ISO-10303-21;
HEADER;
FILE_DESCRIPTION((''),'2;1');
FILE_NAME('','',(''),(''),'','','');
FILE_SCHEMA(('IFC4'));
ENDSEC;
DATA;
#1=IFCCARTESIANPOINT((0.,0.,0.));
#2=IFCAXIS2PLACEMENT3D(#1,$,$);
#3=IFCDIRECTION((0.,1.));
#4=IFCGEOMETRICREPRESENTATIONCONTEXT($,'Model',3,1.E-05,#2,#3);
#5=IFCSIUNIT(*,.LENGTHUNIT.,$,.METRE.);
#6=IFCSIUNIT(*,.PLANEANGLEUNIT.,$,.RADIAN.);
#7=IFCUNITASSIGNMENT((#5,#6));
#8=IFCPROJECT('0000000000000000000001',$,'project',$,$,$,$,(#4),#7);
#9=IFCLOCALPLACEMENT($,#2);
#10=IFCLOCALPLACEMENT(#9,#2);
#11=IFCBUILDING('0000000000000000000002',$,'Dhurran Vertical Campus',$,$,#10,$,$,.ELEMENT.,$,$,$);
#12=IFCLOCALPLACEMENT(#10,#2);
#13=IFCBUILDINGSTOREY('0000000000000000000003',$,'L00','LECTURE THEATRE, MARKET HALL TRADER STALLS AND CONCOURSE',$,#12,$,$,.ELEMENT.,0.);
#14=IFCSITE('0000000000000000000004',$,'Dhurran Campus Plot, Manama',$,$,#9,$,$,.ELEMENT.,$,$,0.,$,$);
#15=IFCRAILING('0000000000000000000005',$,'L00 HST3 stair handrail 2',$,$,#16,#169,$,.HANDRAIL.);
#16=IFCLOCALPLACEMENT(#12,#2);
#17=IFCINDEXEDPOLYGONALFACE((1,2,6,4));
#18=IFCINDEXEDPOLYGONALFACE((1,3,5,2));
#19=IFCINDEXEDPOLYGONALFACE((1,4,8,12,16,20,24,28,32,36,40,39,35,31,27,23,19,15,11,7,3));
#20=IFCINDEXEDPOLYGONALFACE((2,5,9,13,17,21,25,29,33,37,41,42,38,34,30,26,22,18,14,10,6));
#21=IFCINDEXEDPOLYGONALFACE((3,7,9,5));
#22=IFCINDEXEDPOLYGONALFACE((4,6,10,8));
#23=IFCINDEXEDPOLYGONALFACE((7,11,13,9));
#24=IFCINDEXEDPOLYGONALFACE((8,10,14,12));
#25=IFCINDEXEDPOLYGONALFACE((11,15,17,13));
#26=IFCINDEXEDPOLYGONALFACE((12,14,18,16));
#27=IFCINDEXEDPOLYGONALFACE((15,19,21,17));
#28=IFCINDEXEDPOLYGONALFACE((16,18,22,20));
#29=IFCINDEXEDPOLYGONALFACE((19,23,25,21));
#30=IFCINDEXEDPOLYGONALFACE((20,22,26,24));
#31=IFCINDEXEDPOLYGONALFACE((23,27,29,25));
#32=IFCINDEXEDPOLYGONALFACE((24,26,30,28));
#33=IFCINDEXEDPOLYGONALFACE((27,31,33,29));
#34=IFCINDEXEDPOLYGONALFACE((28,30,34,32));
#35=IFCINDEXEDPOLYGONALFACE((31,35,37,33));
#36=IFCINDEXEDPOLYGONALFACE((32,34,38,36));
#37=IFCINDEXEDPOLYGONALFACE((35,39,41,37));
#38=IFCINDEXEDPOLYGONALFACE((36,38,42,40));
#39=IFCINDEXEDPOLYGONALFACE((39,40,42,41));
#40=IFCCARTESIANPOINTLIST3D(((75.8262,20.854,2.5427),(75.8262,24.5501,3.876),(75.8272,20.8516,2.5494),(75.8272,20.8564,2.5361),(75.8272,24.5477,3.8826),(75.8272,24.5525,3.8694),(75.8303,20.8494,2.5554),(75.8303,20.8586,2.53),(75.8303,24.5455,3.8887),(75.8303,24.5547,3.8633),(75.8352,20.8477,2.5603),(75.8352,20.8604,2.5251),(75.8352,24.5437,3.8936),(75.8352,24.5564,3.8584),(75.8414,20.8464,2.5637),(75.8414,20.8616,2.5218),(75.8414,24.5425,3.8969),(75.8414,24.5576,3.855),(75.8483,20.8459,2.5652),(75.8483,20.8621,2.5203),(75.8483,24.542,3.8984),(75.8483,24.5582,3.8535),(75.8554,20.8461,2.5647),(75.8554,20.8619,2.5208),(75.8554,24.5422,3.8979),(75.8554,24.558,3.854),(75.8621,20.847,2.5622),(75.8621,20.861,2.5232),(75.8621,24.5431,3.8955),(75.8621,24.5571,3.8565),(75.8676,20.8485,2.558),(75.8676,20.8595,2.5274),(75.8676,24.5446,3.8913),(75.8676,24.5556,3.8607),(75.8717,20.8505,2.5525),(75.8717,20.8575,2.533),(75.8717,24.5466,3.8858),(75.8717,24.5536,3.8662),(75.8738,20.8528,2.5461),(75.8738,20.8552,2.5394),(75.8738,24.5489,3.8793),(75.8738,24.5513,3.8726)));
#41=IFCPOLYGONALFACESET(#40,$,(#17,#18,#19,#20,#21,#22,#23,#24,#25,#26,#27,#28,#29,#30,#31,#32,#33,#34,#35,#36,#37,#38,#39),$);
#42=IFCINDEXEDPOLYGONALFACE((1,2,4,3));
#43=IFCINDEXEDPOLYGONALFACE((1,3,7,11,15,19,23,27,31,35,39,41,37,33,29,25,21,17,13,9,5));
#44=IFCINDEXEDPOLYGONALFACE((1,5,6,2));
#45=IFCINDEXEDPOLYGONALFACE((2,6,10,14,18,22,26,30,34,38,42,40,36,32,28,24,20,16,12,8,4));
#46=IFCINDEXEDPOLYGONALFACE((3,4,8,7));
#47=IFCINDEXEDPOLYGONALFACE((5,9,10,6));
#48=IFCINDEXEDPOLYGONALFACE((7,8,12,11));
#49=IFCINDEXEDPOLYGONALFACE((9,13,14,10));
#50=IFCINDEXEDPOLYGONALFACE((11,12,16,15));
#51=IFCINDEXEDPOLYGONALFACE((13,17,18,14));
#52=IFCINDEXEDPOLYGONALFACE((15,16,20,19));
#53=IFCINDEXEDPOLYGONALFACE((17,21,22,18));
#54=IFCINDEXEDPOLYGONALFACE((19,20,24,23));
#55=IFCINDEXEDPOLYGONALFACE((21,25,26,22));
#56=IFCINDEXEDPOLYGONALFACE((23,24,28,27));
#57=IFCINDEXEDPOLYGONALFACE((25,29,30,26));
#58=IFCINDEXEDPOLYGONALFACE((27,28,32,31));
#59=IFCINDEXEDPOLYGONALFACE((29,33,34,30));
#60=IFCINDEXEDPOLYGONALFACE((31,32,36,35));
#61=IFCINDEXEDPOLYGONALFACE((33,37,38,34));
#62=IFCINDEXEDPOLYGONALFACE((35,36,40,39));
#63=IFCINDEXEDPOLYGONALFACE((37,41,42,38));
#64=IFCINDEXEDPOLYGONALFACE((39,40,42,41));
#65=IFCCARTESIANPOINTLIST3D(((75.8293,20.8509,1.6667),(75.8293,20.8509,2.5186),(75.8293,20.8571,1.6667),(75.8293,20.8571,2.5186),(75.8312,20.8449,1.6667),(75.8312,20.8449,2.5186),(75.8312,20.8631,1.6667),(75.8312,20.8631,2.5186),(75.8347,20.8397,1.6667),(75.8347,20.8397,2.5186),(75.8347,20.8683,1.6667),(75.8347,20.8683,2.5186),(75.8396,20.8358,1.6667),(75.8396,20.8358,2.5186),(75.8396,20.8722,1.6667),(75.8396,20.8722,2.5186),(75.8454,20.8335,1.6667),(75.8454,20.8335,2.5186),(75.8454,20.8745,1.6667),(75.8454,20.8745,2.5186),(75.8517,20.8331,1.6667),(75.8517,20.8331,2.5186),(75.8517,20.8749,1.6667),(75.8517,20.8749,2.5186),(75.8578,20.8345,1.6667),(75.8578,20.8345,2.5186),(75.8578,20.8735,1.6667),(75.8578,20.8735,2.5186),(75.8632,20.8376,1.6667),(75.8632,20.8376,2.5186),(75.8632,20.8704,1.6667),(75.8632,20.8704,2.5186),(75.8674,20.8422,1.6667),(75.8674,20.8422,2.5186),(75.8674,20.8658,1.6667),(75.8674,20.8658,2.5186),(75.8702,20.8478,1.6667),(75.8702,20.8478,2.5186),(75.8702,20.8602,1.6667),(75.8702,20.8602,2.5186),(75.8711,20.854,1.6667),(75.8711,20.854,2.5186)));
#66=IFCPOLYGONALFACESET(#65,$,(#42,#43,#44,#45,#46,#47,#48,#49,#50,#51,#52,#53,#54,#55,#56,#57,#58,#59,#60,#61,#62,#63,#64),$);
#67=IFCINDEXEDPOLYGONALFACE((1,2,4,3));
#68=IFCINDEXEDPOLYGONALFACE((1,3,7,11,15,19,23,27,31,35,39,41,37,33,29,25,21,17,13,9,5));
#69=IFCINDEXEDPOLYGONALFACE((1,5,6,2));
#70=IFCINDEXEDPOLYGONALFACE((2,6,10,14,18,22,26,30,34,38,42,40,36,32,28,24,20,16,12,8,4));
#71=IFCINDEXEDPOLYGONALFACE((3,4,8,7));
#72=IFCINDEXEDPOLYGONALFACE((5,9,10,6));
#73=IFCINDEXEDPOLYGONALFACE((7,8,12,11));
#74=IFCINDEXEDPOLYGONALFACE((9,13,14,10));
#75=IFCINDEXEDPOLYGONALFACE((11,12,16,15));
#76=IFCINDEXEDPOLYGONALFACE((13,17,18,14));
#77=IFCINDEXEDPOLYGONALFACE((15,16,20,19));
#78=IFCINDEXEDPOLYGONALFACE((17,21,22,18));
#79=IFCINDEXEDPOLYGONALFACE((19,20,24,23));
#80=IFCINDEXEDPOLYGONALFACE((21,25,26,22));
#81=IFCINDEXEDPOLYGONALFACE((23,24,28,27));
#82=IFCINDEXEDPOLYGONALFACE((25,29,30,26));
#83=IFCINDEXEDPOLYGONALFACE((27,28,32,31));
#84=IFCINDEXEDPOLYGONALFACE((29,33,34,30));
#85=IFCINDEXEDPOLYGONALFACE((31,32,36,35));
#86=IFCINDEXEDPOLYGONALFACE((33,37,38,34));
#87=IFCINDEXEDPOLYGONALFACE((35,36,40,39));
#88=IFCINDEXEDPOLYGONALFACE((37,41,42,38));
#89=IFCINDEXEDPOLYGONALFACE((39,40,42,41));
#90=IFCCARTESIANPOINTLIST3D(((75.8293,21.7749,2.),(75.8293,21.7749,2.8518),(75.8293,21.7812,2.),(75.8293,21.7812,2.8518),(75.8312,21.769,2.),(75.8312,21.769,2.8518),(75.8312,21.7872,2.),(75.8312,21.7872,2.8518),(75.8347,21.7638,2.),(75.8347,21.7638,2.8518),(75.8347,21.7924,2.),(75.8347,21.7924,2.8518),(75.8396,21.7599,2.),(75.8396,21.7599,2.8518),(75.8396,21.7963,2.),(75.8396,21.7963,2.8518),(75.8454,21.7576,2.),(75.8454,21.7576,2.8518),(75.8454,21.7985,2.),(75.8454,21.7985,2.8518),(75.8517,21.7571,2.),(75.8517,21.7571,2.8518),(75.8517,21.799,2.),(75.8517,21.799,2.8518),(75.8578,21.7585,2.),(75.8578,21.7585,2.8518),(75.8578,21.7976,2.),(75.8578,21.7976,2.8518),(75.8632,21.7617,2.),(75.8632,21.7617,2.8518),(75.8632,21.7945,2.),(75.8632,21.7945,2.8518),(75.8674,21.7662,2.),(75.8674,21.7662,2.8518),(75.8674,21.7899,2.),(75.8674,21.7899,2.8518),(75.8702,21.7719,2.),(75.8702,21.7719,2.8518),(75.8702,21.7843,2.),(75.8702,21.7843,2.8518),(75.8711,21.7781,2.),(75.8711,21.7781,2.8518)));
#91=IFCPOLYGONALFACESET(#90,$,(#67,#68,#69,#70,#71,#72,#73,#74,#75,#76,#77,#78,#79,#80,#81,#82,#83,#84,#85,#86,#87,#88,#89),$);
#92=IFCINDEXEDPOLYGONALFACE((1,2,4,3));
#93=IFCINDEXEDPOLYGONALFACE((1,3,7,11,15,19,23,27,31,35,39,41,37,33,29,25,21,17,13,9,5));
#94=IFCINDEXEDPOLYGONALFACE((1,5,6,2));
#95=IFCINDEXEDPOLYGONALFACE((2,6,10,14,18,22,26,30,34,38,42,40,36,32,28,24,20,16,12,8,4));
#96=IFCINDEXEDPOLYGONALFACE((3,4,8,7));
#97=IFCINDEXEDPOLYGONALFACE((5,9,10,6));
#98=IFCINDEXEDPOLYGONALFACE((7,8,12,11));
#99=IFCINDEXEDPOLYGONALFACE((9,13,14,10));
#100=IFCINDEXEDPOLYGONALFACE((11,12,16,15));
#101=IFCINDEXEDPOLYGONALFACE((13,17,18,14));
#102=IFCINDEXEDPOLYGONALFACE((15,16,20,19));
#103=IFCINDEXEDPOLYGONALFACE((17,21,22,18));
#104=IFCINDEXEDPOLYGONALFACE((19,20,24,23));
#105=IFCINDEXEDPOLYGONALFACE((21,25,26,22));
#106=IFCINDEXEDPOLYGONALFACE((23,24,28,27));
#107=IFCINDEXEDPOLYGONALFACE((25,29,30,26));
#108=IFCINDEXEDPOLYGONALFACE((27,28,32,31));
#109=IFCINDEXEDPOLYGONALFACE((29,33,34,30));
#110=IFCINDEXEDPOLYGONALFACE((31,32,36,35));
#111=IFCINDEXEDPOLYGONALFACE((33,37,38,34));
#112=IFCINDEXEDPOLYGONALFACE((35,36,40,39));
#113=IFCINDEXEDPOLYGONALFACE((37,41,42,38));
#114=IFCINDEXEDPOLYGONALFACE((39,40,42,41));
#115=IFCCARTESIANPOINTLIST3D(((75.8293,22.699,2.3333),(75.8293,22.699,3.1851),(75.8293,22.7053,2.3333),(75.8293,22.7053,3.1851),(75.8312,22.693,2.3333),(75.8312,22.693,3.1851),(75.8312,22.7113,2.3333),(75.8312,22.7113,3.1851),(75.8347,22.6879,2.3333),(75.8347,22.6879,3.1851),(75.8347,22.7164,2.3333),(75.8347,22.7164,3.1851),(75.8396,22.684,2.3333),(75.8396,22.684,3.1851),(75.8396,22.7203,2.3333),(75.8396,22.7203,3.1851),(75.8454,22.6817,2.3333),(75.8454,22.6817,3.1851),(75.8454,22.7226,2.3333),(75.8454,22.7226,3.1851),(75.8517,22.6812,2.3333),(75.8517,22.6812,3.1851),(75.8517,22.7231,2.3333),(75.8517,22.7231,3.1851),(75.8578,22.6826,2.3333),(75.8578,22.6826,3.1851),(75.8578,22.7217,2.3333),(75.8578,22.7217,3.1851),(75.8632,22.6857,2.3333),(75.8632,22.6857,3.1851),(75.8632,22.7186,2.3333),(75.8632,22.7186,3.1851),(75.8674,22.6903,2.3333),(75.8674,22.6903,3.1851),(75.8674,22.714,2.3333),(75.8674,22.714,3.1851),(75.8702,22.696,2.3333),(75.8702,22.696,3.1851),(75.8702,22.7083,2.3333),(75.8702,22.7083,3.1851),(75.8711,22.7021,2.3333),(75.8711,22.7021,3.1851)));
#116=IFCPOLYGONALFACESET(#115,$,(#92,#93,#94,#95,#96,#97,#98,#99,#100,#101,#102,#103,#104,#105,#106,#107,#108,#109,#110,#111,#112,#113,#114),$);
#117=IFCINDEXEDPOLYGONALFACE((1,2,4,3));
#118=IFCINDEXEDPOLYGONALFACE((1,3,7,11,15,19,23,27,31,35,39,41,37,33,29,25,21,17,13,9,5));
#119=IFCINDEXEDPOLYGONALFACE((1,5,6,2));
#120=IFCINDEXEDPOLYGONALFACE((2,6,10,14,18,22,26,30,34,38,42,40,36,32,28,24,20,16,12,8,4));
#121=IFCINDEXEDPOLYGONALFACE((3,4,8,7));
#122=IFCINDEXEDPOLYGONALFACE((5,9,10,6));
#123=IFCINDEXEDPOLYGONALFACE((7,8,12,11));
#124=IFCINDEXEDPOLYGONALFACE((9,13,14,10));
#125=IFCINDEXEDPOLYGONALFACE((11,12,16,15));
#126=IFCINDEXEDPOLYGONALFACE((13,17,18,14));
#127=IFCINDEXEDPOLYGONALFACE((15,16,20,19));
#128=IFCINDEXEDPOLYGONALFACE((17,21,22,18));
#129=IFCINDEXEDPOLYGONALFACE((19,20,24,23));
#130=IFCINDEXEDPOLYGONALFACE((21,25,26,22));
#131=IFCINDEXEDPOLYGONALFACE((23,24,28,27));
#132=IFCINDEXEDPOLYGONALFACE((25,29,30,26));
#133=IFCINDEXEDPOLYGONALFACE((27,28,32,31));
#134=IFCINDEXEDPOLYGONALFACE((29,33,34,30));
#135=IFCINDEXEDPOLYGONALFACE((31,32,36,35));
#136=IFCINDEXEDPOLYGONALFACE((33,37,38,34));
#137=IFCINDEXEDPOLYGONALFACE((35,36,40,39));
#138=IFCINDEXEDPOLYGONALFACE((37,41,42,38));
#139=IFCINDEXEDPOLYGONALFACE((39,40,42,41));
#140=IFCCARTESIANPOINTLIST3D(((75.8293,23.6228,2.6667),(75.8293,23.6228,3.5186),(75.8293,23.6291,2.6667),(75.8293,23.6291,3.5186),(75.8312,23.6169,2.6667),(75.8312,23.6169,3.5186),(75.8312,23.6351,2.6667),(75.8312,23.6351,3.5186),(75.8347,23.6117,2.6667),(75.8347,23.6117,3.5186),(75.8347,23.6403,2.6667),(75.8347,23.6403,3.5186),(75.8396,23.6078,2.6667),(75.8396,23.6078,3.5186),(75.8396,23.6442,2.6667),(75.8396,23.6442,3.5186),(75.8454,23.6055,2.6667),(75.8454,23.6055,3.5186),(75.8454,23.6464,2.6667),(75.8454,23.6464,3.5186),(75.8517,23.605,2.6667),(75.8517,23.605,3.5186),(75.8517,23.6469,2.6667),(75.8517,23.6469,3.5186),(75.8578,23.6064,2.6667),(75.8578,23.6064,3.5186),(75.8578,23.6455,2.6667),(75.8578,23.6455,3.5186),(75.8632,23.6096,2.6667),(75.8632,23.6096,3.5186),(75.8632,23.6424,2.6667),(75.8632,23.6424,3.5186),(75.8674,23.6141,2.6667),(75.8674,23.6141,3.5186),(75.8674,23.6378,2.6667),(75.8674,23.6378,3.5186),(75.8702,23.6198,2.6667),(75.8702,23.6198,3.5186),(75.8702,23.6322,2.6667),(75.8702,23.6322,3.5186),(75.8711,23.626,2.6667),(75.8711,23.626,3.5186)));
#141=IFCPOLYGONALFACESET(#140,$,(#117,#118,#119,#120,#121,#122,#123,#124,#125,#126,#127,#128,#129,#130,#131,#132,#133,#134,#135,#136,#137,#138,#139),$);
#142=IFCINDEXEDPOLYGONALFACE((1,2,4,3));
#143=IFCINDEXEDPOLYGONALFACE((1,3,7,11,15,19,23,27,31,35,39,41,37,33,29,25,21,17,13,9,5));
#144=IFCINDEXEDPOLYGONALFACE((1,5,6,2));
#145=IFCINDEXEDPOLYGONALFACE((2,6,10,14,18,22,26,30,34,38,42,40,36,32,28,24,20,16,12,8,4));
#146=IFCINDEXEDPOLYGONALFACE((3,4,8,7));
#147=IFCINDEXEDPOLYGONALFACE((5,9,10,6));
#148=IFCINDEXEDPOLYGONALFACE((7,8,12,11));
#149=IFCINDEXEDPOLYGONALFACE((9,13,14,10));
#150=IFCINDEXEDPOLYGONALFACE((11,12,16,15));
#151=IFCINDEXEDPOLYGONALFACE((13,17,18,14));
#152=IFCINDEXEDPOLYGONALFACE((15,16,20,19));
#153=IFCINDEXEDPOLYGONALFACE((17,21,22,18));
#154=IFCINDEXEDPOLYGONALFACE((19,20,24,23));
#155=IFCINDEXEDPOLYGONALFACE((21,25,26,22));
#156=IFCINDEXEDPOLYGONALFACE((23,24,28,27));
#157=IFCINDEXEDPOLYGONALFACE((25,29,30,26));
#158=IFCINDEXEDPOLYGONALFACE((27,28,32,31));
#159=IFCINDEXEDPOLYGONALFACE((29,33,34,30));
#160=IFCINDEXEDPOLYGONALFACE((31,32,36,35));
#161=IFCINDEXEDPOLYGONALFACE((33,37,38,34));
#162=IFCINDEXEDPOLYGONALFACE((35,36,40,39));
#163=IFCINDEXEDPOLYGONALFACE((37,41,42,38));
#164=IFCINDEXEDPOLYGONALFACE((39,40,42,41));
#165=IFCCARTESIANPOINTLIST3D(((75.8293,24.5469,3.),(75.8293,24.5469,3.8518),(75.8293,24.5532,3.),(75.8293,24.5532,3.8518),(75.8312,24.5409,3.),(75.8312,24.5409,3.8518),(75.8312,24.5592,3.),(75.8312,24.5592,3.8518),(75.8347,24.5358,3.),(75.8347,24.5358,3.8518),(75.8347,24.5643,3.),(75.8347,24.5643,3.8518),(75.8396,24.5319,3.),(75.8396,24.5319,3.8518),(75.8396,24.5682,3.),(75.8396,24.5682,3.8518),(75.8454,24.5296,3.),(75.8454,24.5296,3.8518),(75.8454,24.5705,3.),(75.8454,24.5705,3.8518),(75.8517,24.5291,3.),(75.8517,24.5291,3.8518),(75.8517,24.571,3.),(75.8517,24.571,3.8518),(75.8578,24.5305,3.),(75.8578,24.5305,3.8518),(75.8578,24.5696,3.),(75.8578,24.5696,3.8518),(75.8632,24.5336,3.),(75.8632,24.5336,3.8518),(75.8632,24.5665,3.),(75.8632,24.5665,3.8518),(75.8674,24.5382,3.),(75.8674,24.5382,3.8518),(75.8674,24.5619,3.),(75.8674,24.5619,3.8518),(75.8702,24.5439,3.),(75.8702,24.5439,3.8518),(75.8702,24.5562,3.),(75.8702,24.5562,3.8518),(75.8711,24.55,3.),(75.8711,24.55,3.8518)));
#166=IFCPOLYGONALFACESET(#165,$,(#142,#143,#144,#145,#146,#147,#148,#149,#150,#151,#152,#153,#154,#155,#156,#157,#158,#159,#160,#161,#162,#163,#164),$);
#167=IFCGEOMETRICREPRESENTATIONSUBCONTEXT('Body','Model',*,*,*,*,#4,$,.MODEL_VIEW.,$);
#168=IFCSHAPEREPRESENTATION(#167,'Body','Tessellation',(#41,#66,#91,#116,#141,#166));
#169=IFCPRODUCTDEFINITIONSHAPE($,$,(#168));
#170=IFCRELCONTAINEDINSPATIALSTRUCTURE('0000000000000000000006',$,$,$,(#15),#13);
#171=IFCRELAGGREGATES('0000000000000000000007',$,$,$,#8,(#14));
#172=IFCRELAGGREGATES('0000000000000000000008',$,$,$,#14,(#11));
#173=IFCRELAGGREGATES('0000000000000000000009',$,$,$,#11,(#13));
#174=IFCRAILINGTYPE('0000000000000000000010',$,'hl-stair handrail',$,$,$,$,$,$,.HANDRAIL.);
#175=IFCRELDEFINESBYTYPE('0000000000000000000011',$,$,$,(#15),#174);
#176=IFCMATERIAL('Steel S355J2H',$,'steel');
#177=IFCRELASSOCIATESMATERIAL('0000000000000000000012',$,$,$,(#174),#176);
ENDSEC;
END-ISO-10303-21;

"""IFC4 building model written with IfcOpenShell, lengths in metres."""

from ifc_helpers import new_model, si_unit, direction, frame, origin, origin_2d, place, context, subcontext, project, spatial, circle, extrude, material, type_object, element, save


model = new_model("IFC4")

# Units and contexts
model_context = context("Model", 3, precision=1e-05, world=origin(), true_north=direction((0.0, 1.0)))
body_context = subcontext(model_context, "Body", "Model", "MODEL_VIEW")
ifc_project = project(units=[si_unit("LENGTHUNIT", "METRE"), si_unit("PLANEANGLEUNIT", "RADIAN")], contexts=[model_context])

# Site, building, storey
site_placement = place(None, origin())
site = spatial("IfcSite", under=ifc_project, at=site_placement, Name="Dhurran Campus Plot, Manama", CompositionType="ELEMENT", RefElevation=0.0)
building_placement = place(site_placement, origin())
building = spatial("IfcBuilding", under=site, at=building_placement, Name="Dhurran Vertical Campus", CompositionType="ELEMENT")
storey_placement = place(building_placement, origin())
storey = spatial("IfcBuildingStorey", under=building, at=storey_placement, Name="L00", Description="LECTURE THEATRE, MARKET HALL TRADER STALLS AND CONCOURSE", CompositionType="ELEMENT", Elevation=0.0)

# Railing
ifc_material_1 = material(Name="Steel S355J2H", Category="steel")
railing_type = type_object("IfcRailingType", Name="hl-stair handrail", PredefinedType="HANDRAIL", material=ifc_material_1)
for number, where, name in (
    (1, (75.8501, 20.854, 1.6667), "L00 HST3 stair handrail 2"),
):
    element("IfcRailing", number, at=place(storey_placement, frame(where)), inside=storey, type_object=railing_type, Name=name, PredefinedType="HANDRAIL", context=body_context, shape_type="SweptSolid", body=[
        extrude(circle(Radius=0.0239, at=origin_2d()), frame((0.0, 0.0, 0.876), z_axis=(0.0, 0.94067, 0.339322), x_axis=(-1.0, 0.0, 0.0)), (0.0, 0.0, 1.0), 3.9292),
        extrude(circle(Radius=0.021, at=origin_2d()), origin(), (0.0, 0.0, 1.0), 0.8518),
        extrude(circle(Radius=0.021, at=origin_2d()), frame((0.0, 0.9241, 0.3333)), (0.0, 0.0, 1.0), 0.8518),
        extrude(circle(Radius=0.021, at=origin_2d()), frame((0.0, 1.8481, 0.6665)), (0.0, 0.0, 1.0), 0.8518),
        extrude(circle(Radius=0.021, at=origin_2d()), frame((0.0, 2.772, 1.0)), (0.0, 0.0, 1.0), 0.8518),
        extrude(circle(Radius=0.021, at=origin_2d()), frame((0.0, 3.696, 1.3333)), (0.0, 0.0, 1.0), 0.8518),
    ])

save(model, "model.ifc")
